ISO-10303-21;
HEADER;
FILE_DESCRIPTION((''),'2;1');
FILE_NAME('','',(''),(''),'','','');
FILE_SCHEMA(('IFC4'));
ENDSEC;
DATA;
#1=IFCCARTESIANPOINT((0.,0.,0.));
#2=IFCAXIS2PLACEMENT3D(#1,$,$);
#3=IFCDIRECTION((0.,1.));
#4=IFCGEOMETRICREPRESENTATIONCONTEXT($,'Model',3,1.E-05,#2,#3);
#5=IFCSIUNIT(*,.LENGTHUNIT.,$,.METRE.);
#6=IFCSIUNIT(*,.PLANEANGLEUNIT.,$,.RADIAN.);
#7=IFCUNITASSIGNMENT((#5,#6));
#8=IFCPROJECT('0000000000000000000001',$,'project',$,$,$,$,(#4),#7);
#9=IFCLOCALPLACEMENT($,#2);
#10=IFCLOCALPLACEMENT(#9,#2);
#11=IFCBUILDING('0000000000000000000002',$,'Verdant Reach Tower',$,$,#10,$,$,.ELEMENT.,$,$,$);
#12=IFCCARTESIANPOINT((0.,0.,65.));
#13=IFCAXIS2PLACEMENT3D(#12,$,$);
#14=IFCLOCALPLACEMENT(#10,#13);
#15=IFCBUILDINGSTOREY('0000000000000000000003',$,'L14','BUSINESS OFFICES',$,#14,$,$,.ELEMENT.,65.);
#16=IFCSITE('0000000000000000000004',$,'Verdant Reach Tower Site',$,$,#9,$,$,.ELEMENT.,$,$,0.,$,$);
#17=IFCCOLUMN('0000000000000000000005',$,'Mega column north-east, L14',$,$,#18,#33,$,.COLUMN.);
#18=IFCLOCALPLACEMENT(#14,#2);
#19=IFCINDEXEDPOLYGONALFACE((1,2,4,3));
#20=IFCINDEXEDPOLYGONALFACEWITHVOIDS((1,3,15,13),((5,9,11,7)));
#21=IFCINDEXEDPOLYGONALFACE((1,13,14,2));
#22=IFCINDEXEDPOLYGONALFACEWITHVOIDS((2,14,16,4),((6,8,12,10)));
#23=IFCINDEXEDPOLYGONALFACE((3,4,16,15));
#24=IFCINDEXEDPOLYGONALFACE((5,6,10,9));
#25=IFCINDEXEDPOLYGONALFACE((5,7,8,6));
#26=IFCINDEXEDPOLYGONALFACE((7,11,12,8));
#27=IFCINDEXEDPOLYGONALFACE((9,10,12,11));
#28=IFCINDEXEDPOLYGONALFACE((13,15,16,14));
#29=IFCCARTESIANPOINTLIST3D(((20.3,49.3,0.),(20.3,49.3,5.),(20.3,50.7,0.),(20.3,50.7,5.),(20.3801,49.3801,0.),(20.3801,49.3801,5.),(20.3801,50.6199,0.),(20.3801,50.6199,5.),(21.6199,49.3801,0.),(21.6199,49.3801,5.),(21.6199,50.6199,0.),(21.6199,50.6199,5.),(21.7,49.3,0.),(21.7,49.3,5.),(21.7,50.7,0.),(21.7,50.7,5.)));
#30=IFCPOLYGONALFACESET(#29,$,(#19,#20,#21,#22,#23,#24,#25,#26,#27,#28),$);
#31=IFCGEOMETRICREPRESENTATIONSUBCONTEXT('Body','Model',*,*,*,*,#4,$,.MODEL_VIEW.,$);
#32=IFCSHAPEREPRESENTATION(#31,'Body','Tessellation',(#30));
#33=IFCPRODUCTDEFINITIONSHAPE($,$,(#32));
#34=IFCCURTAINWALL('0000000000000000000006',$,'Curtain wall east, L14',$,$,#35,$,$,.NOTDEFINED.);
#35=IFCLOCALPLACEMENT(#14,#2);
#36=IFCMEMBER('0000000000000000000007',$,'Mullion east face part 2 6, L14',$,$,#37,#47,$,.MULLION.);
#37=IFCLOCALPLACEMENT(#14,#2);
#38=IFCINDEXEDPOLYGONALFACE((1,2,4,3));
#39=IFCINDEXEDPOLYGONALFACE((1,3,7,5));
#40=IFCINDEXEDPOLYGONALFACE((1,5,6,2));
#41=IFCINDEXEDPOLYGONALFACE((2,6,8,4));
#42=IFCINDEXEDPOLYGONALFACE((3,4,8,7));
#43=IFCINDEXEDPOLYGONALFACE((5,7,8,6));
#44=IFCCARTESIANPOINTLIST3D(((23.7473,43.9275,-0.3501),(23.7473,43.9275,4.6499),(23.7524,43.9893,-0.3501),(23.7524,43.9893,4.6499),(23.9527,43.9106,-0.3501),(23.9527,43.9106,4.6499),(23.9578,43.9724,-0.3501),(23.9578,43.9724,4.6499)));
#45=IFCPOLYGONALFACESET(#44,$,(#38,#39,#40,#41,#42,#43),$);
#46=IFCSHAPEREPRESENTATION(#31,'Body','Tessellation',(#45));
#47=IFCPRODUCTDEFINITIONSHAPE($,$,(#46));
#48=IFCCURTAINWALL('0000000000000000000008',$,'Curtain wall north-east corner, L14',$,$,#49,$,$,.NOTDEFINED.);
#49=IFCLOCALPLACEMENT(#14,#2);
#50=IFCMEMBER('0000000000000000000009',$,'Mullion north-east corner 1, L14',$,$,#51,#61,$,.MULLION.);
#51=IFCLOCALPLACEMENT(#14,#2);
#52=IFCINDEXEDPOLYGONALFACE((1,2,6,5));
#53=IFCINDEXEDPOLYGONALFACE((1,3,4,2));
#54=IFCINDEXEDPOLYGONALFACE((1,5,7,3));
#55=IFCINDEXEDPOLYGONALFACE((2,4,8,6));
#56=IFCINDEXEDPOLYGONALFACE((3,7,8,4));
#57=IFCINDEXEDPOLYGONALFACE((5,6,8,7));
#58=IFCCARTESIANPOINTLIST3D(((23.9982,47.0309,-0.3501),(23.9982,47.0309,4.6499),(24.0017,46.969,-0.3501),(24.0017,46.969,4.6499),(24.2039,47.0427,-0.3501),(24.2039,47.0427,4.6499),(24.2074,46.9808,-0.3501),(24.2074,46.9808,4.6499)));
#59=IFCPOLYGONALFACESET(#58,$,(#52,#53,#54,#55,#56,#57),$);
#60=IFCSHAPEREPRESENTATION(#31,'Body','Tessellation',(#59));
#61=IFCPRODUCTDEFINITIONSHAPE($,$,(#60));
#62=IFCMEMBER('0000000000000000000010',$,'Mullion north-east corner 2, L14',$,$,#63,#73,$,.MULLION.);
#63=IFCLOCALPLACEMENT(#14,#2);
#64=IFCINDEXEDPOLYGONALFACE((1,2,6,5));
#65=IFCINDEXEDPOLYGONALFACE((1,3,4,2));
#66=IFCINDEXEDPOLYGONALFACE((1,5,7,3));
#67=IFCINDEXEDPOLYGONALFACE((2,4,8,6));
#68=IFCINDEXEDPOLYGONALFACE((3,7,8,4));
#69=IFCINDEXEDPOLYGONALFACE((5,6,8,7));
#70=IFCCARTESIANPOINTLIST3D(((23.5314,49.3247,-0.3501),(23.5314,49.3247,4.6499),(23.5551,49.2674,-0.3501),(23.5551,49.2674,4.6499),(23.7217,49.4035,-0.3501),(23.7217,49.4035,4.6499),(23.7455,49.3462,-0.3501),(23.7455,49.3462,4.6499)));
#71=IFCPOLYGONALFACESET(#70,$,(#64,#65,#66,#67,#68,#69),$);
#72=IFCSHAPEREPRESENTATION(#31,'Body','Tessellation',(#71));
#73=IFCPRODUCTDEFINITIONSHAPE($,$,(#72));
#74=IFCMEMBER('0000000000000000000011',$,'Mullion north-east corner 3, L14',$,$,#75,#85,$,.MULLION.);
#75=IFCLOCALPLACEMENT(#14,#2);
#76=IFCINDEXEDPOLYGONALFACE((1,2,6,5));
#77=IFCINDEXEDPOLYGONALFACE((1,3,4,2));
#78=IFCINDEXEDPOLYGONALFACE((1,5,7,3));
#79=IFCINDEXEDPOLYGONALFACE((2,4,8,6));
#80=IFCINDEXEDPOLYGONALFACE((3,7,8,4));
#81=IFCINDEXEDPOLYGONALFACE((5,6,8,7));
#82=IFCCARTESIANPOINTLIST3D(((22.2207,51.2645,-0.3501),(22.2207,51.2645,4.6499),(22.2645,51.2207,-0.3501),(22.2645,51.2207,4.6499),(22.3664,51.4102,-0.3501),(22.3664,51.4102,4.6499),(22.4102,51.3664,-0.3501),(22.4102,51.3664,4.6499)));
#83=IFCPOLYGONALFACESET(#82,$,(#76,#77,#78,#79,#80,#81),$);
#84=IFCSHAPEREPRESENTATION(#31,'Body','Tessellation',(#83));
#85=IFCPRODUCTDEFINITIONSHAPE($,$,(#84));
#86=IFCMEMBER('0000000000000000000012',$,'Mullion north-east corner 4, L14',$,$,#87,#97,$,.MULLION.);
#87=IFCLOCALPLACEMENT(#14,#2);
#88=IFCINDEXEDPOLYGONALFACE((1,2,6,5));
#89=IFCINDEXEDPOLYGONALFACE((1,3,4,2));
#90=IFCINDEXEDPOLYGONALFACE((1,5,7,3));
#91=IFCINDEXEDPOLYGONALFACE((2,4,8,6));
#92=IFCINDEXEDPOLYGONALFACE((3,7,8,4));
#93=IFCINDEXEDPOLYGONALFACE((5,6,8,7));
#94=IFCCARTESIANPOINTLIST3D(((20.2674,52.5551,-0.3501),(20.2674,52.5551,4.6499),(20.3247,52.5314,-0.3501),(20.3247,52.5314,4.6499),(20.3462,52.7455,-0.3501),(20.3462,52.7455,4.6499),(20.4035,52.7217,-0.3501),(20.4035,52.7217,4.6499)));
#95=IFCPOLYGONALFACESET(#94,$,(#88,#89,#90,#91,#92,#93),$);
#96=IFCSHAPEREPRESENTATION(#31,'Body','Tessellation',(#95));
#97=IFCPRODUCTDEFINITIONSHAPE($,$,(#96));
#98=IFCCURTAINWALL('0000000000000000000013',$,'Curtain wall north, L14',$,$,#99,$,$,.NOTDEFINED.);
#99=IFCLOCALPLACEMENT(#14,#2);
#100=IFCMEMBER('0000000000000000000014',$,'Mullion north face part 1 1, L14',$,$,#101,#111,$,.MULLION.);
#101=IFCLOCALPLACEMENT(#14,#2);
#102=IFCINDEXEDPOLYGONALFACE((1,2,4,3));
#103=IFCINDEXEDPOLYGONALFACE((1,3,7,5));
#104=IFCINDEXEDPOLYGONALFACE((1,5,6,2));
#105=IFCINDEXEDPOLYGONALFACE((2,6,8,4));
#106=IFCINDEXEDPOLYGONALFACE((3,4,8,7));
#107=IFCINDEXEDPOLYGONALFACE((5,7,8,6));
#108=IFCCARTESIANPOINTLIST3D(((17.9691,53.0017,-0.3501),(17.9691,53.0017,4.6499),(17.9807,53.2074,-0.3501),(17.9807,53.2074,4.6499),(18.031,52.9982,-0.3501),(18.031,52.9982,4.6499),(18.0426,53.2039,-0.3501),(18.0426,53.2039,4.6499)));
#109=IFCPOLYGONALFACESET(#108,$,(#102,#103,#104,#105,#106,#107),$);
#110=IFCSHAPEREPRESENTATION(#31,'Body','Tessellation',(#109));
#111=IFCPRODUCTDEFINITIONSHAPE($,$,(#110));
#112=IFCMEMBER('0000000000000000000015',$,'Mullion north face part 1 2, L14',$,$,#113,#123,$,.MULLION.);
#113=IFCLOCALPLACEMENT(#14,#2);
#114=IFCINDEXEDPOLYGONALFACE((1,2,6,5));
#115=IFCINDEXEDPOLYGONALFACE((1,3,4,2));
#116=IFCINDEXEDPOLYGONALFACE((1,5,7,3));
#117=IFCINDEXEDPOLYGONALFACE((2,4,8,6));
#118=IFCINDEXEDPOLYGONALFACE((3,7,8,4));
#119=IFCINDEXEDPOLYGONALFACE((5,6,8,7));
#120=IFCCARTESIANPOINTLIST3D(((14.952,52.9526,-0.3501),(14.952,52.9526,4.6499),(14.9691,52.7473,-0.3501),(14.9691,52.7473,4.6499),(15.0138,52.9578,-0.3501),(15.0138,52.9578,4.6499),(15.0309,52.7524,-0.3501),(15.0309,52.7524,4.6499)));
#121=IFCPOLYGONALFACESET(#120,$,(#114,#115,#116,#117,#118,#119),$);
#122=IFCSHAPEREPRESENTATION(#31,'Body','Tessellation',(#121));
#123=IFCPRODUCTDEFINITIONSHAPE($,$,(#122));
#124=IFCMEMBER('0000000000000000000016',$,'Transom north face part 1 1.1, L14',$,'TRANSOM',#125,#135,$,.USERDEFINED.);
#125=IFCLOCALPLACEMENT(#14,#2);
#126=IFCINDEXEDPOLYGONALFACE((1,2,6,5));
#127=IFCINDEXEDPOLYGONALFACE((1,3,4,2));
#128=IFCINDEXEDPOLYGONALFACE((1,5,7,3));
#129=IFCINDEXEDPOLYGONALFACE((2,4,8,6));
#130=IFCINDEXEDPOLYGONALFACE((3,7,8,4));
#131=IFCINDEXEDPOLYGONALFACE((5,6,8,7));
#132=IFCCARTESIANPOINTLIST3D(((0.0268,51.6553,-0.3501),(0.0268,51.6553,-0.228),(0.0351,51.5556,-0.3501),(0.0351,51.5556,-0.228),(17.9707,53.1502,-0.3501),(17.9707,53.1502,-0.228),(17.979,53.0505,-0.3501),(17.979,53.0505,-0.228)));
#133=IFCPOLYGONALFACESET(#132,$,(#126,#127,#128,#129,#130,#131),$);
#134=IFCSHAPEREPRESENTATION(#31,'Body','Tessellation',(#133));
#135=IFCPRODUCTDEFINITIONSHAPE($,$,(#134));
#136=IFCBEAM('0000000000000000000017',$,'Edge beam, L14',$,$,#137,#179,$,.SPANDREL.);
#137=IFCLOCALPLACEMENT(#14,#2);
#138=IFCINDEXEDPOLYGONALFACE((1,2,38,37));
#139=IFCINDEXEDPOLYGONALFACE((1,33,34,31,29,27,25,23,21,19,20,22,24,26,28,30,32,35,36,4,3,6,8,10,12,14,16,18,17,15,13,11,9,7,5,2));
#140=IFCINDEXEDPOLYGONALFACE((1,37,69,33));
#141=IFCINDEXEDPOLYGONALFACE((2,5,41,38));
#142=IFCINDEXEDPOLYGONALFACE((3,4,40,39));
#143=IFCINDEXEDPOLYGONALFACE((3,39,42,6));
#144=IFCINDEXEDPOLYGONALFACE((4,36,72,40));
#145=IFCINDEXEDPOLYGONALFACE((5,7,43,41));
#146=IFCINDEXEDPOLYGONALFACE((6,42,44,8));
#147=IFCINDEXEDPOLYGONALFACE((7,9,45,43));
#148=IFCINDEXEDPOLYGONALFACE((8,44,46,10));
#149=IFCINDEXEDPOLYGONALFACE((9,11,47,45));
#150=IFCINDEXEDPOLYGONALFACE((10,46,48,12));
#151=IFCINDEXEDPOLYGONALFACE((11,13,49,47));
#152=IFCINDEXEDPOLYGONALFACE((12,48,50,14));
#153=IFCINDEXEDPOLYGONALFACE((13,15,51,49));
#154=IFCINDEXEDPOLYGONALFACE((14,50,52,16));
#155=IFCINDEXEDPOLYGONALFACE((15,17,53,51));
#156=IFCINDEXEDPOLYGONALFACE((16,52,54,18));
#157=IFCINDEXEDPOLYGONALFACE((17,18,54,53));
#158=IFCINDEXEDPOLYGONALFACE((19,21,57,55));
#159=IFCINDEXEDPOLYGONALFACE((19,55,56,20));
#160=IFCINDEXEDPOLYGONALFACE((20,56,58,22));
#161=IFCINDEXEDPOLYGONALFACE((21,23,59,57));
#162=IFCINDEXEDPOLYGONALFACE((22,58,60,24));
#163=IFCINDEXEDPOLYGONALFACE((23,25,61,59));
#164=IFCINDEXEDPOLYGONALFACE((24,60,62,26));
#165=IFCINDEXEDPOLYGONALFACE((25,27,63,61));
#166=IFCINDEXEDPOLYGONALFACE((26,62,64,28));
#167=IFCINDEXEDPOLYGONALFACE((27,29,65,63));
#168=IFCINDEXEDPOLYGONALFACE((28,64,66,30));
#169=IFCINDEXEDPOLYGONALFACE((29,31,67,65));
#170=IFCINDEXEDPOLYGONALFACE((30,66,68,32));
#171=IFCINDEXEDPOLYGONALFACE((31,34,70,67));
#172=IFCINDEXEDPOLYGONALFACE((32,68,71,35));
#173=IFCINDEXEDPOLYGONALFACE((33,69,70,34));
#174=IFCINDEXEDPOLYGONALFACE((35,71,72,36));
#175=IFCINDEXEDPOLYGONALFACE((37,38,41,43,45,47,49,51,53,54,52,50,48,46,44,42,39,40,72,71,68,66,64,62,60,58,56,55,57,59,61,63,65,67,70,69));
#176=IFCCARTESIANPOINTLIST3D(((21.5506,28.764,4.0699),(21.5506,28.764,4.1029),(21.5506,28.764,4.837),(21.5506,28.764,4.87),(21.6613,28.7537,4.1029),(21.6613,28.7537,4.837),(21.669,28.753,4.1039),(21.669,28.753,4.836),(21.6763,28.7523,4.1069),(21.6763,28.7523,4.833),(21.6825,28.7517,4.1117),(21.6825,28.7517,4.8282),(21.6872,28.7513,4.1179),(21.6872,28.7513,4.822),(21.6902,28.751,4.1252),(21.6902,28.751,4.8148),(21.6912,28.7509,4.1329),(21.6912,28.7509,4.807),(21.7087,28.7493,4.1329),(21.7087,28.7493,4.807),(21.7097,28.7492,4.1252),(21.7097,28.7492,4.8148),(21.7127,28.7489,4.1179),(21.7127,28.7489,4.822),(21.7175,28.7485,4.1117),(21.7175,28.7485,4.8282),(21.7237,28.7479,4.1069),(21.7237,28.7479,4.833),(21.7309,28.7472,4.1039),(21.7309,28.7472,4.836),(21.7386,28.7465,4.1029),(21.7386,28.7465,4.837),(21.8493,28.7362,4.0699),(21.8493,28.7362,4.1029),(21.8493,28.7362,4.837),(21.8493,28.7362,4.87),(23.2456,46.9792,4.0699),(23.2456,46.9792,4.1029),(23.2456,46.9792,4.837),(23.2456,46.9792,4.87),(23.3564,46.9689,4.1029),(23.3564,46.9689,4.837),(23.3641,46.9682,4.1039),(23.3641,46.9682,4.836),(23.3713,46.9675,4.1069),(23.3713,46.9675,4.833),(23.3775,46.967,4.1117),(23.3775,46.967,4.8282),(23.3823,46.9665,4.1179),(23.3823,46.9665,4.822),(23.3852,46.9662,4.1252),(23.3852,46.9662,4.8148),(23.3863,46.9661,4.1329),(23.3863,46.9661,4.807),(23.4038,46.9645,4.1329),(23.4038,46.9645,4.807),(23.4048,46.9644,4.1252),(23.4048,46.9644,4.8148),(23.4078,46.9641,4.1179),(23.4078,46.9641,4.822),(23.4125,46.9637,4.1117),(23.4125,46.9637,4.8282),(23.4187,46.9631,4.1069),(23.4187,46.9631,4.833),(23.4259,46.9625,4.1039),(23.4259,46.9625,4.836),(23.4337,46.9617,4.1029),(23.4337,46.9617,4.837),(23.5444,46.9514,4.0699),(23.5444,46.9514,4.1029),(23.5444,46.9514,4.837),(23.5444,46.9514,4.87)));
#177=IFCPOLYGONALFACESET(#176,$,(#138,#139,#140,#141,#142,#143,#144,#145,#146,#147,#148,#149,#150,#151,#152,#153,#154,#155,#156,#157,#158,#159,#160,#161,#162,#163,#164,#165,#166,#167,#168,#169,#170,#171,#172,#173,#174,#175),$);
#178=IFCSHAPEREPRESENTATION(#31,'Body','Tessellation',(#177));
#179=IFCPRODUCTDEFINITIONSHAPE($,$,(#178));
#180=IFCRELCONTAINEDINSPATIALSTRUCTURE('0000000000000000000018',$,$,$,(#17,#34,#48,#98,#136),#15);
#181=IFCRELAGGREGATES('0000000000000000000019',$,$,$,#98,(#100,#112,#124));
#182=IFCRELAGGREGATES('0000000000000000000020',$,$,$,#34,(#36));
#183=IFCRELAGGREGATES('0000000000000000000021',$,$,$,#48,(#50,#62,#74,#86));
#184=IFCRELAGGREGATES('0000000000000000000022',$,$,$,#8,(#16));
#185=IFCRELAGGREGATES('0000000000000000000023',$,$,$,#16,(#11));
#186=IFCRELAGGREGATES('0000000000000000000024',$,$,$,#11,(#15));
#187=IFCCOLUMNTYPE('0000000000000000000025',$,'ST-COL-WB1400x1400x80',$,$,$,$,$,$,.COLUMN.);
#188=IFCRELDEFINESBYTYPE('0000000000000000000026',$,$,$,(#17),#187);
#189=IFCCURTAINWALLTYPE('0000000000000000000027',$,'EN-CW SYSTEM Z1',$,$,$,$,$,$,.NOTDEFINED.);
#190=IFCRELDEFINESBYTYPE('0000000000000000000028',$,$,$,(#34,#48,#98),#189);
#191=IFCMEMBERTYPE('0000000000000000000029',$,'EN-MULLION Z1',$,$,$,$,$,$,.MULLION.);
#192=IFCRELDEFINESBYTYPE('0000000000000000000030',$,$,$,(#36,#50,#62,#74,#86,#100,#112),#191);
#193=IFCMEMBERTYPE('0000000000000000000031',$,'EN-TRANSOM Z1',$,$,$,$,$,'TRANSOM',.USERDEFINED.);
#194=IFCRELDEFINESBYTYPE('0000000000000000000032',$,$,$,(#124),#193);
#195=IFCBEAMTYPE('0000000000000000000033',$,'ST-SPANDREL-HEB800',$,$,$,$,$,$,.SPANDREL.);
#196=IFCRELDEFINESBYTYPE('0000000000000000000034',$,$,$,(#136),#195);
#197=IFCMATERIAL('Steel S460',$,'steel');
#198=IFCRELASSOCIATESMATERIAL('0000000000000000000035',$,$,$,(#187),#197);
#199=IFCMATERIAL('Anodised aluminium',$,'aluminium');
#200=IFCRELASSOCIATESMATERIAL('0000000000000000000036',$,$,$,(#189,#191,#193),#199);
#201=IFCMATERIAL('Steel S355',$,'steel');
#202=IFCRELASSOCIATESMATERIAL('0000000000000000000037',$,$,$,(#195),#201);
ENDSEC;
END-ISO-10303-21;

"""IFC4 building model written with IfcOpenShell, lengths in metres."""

from ifc_helpers import new_model, si_unit, direction, frame, origin, origin_2d, place, context, subcontext, project, spatial, rectangle, hollow_rectangle, i_section, extrude, material, material_profile, profile_set, type_object, element, aggregate, save


model = new_model("IFC4")

# Units and contexts
model_context = context("Model", 3, precision=1e-05, world=origin(), true_north=direction((0.0, 1.0)))
body_context = subcontext(model_context, "Body", "Model", "MODEL_VIEW")
ifc_project = project(units=[si_unit("LENGTHUNIT", "METRE"), si_unit("PLANEANGLEUNIT", "RADIAN")], contexts=[model_context])

# Site, building, storey
site_placement = place(None, origin())
site = spatial("IfcSite", under=ifc_project, at=site_placement, Name="Verdant Reach Tower Site", CompositionType="ELEMENT", RefElevation=0.0)
building_placement = place(site_placement, origin())
building = spatial("IfcBuilding", under=site, at=building_placement, Name="Verdant Reach Tower", CompositionType="ELEMENT")
storey_placement = place(building_placement, frame((0.0, 0.0, 65.0)))
storey = spatial("IfcBuildingStorey", under=building, at=storey_placement, Name="L14", Description="BUSINESS OFFICES", CompositionType="ELEMENT", Elevation=65.0)

# Column
ifc_material_1 = material(Name="Steel S460", Category="steel")
ifc_material_profile_1 = material_profile(ifc_material_1, hollow_rectangle(XDim=1.3999, YDim=1.3999, WallThickness=0.0801, at=origin_2d()), Name="WB 1400x1400x80")
ifc_profile_set_1 = profile_set([ifc_material_profile_1], Name="Steel S460")
column_type = type_object("IfcColumnType", Name="ST-COL-WB1400x1400x80", PredefinedType="COLUMN", material=ifc_profile_set_1)
column_placement = place(storey_placement, frame((21.0, 50.0, 0.0), z_axis=(0.0, 0.0, 1.0), x_axis=(1.0, 0.0, 0.0)))
element("IfcColumn", 1, at=column_placement, inside=storey, type_object=column_type, Name="Mega column north-east, L14", PredefinedType="COLUMN", context=body_context, shape_type="SweptSolid", body=[
    extrude(hollow_rectangle(XDim=1.3999, YDim=1.3999, WallThickness=0.0801, at=origin_2d()), origin(), (0.0, 0.0, 1.0), 5.0),
])

# Curtain wall, member
ifc_material_2 = material(Name="Anodised aluminium", Category="aluminium")
curtain_wall_type = type_object("IfcCurtainWallType", Name="EN-CW SYSTEM Z1", PredefinedType="NOTDEFINED", material=ifc_material_2)
curtain_wall_1_placement = place(storey_placement, origin())
curtain_wall_1 = element("IfcCurtainWall", 2, at=curtain_wall_1_placement, inside=storey, type_object=curtain_wall_type, Name="Curtain wall east, L14", PredefinedType="NOTDEFINED")
ifc_material_profile_2 = material_profile(ifc_material_2, rectangle(XDim=0.2061, YDim=0.062, at=origin_2d()), Name="Mullion 62x206")
ifc_profile_set_2 = profile_set([ifc_material_profile_2], Name="Anodised aluminium")
member_type_1 = type_object("IfcMemberType", Name="EN-MULLION Z1", PredefinedType="MULLION", material=ifc_profile_set_2)
member_1_placement = place(storey_placement, frame((23.8525, 43.95, -0.3501), z_axis=(0.0, 0.0, 1.0), x_axis=(0.996639, -0.081916, 0.0)))
member_1 = element("IfcMember", 3, at=member_1_placement, type_object=member_type_1, Name="Mullion east face part 2 6, L14", PredefinedType="MULLION", context=body_context, shape_type="SweptSolid", body=[
    extrude(rectangle(XDim=0.2061, YDim=0.062, at=origin_2d()), origin(), (0.0, 0.0, 1.0), 5.0),
])

# Curtain walls, members
curtain_wall_2_placement = place(storey_placement, origin())
curtain_wall_2 = element("IfcCurtainWall", 4, at=curtain_wall_2_placement, inside=storey, type_object=curtain_wall_type, Name="Curtain wall north-east corner, L14", PredefinedType="NOTDEFINED")
member_2_placement = place(storey_placement, frame((24.1028, 47.0059, -0.3501), z_axis=(0.0, 0.0, 1.0), x_axis=(0.998366, 0.057135, 0.0)))
member_2 = element("IfcMember", 5, at=member_2_placement, type_object=member_type_1, Name="Mullion north-east corner 1, L14", PredefinedType="MULLION", context=body_context, shape_type="SweptSolid", body=[
    extrude(rectangle(XDim=0.2061, YDim=0.062, at=origin_2d()), origin(), (0.0, 0.0, 1.0), 5.0),
])
member_3_placement = place(storey_placement, frame((23.6384, 49.3354, -0.3501), z_axis=(0.0, 0.0, 1.0), x_axis=(0.923875, 0.382694, 0.0)))
member_3 = element("IfcMember", 6, at=member_3_placement, type_object=member_type_1, Name="Mullion north-east corner 2, L14", PredefinedType="MULLION", context=body_context, shape_type="SweptSolid", body=[
    extrude(rectangle(XDim=0.2061, YDim=0.062, at=origin_2d()), origin(), (0.0, 0.0, 1.0), 5.0),
])
member_4_placement = place(storey_placement, frame((22.3154, 51.3154, -0.3501), z_axis=(0.0, 0.0, 1.0), x_axis=(0.707107, 0.707107, 0.0)))
member_4 = element("IfcMember", 7, at=member_4_placement, type_object=member_type_1, Name="Mullion north-east corner 3, L14", PredefinedType="MULLION", context=body_context, shape_type="SweptSolid", body=[
    extrude(rectangle(XDim=0.2061, YDim=0.062, at=origin_2d()), origin(), (0.0, 0.0, 1.0), 5.0),
])
member_5_placement = place(storey_placement, frame((20.3354, 52.6384, -0.3501), z_axis=(0.0, 0.0, 1.0), x_axis=(0.382694, 0.923875, 0.0)))
member_5 = element("IfcMember", 8, at=member_5_placement, type_object=member_type_1, Name="Mullion north-east corner 4, L14", PredefinedType="MULLION", context=body_context, shape_type="SweptSolid", body=[
    extrude(rectangle(XDim=0.2061, YDim=0.062, at=origin_2d()), origin(), (0.0, 0.0, 1.0), 5.0),
])
curtain_wall_3_placement = place(storey_placement, origin())
curtain_wall_3 = element("IfcCurtainWall", 9, at=curtain_wall_3_placement, inside=storey, type_object=curtain_wall_type, Name="Curtain wall north, L14", PredefinedType="NOTDEFINED")
member_6_placement = place(storey_placement, frame((18.0059, 53.1028, -0.3501), z_axis=(0.0, 0.0, 1.0), x_axis=(0.056569, 0.998399, 0.0)))
member_6 = element("IfcMember", 10, at=member_6_placement, type_object=member_type_1, Name="Mullion north face part 1 1, L14", PredefinedType="MULLION", context=body_context, shape_type="SweptSolid", body=[
    extrude(rectangle(XDim=0.2061, YDim=0.062, at=origin_2d()), origin(), (0.0, 0.0, 1.0), 5.0),
])
member_7_placement = place(storey_placement, frame((14.9915, 52.8525, -0.3501), z_axis=(0.0, 0.0, 1.0), x_axis=(-0.083045, 0.996546, 0.0)))
member_7 = element("IfcMember", 11, at=member_7_placement, type_object=member_type_1, Name="Mullion north face part 1 2, L14", PredefinedType="MULLION", context=body_context, shape_type="SweptSolid", body=[
    extrude(rectangle(XDim=0.2061, YDim=0.062, at=origin_2d()), origin(), (0.0, 0.0, 1.0), 5.0),
])
ifc_material_profile_3 = material_profile(ifc_material_2, rectangle(XDim=0.1001, YDim=0.1221, at=origin_2d()), Name="Transom 122x100")
ifc_profile_set_3 = profile_set([ifc_material_profile_3], Name="Anodised aluminium")
member_type_2 = type_object("IfcMemberType", Name="EN-TRANSOM Z1", ElementType="TRANSOM", PredefinedType="USERDEFINED", material=ifc_profile_set_3)
member_8_placement = place(storey_placement, frame((17.9749, 53.1003, -0.2891), z_axis=(-0.996548, -0.083021, 0.0), x_axis=(0.083021, -0.996548, 0.0)))
member_8 = element("IfcMember", 12, at=member_8_placement, type_object=member_type_2, Name="Transom north face part 1 1.1, L14", ObjectType="TRANSOM", PredefinedType="USERDEFINED", context=body_context, shape_type="SweptSolid", body=[
    extrude(rectangle(XDim=0.1001, YDim=0.1221, at=origin_2d()), origin(), (0.0, 0.0, 1.0), 18.0061),
])

# Beam
ifc_material_3 = material(Name="Steel S355", Category="steel")
ifc_material_profile_4 = material_profile(ifc_material_3, i_section(OverallWidth=0.3, OverallDepth=0.8, WebThickness=0.0176, FlangeThickness=0.033, FilletRadius=0.03, at=origin_2d()), Name="HEB 800")
ifc_profile_set_4 = profile_set([ifc_material_profile_4], Name="Steel S355")
beam_type_1 = type_object("IfcBeamType", Name="ST-SPANDREL-HEB800", PredefinedType="SPANDREL", material=ifc_profile_set_4)
beam_1_placement = place(storey_placement, frame((23.395, 46.9653, 4.47), z_axis=(-0.092657, -0.995698, 0.0), x_axis=(0.995698, -0.092657, 0.0)))
element("IfcBeam", 13, at=beam_1_placement, inside=storey, type_object=beam_type_1, Name="Edge beam, L14", PredefinedType="SPANDREL", context=body_context, shape_type="SweptSolid", body=[
    extrude(i_section(OverallWidth=0.3, OverallDepth=0.8, WebThickness=0.0176, FlangeThickness=0.033, FilletRadius=0.03, at=origin_2d()), origin(), (0.0, 0.0, 1.0), 18.2939),
])

aggregate(curtain_wall_3, [member_6, member_7, member_8])
aggregate(curtain_wall_1, [member_1])
aggregate(curtain_wall_2, [member_2, member_3, member_4, member_5])

save(model, "model.ifc")
